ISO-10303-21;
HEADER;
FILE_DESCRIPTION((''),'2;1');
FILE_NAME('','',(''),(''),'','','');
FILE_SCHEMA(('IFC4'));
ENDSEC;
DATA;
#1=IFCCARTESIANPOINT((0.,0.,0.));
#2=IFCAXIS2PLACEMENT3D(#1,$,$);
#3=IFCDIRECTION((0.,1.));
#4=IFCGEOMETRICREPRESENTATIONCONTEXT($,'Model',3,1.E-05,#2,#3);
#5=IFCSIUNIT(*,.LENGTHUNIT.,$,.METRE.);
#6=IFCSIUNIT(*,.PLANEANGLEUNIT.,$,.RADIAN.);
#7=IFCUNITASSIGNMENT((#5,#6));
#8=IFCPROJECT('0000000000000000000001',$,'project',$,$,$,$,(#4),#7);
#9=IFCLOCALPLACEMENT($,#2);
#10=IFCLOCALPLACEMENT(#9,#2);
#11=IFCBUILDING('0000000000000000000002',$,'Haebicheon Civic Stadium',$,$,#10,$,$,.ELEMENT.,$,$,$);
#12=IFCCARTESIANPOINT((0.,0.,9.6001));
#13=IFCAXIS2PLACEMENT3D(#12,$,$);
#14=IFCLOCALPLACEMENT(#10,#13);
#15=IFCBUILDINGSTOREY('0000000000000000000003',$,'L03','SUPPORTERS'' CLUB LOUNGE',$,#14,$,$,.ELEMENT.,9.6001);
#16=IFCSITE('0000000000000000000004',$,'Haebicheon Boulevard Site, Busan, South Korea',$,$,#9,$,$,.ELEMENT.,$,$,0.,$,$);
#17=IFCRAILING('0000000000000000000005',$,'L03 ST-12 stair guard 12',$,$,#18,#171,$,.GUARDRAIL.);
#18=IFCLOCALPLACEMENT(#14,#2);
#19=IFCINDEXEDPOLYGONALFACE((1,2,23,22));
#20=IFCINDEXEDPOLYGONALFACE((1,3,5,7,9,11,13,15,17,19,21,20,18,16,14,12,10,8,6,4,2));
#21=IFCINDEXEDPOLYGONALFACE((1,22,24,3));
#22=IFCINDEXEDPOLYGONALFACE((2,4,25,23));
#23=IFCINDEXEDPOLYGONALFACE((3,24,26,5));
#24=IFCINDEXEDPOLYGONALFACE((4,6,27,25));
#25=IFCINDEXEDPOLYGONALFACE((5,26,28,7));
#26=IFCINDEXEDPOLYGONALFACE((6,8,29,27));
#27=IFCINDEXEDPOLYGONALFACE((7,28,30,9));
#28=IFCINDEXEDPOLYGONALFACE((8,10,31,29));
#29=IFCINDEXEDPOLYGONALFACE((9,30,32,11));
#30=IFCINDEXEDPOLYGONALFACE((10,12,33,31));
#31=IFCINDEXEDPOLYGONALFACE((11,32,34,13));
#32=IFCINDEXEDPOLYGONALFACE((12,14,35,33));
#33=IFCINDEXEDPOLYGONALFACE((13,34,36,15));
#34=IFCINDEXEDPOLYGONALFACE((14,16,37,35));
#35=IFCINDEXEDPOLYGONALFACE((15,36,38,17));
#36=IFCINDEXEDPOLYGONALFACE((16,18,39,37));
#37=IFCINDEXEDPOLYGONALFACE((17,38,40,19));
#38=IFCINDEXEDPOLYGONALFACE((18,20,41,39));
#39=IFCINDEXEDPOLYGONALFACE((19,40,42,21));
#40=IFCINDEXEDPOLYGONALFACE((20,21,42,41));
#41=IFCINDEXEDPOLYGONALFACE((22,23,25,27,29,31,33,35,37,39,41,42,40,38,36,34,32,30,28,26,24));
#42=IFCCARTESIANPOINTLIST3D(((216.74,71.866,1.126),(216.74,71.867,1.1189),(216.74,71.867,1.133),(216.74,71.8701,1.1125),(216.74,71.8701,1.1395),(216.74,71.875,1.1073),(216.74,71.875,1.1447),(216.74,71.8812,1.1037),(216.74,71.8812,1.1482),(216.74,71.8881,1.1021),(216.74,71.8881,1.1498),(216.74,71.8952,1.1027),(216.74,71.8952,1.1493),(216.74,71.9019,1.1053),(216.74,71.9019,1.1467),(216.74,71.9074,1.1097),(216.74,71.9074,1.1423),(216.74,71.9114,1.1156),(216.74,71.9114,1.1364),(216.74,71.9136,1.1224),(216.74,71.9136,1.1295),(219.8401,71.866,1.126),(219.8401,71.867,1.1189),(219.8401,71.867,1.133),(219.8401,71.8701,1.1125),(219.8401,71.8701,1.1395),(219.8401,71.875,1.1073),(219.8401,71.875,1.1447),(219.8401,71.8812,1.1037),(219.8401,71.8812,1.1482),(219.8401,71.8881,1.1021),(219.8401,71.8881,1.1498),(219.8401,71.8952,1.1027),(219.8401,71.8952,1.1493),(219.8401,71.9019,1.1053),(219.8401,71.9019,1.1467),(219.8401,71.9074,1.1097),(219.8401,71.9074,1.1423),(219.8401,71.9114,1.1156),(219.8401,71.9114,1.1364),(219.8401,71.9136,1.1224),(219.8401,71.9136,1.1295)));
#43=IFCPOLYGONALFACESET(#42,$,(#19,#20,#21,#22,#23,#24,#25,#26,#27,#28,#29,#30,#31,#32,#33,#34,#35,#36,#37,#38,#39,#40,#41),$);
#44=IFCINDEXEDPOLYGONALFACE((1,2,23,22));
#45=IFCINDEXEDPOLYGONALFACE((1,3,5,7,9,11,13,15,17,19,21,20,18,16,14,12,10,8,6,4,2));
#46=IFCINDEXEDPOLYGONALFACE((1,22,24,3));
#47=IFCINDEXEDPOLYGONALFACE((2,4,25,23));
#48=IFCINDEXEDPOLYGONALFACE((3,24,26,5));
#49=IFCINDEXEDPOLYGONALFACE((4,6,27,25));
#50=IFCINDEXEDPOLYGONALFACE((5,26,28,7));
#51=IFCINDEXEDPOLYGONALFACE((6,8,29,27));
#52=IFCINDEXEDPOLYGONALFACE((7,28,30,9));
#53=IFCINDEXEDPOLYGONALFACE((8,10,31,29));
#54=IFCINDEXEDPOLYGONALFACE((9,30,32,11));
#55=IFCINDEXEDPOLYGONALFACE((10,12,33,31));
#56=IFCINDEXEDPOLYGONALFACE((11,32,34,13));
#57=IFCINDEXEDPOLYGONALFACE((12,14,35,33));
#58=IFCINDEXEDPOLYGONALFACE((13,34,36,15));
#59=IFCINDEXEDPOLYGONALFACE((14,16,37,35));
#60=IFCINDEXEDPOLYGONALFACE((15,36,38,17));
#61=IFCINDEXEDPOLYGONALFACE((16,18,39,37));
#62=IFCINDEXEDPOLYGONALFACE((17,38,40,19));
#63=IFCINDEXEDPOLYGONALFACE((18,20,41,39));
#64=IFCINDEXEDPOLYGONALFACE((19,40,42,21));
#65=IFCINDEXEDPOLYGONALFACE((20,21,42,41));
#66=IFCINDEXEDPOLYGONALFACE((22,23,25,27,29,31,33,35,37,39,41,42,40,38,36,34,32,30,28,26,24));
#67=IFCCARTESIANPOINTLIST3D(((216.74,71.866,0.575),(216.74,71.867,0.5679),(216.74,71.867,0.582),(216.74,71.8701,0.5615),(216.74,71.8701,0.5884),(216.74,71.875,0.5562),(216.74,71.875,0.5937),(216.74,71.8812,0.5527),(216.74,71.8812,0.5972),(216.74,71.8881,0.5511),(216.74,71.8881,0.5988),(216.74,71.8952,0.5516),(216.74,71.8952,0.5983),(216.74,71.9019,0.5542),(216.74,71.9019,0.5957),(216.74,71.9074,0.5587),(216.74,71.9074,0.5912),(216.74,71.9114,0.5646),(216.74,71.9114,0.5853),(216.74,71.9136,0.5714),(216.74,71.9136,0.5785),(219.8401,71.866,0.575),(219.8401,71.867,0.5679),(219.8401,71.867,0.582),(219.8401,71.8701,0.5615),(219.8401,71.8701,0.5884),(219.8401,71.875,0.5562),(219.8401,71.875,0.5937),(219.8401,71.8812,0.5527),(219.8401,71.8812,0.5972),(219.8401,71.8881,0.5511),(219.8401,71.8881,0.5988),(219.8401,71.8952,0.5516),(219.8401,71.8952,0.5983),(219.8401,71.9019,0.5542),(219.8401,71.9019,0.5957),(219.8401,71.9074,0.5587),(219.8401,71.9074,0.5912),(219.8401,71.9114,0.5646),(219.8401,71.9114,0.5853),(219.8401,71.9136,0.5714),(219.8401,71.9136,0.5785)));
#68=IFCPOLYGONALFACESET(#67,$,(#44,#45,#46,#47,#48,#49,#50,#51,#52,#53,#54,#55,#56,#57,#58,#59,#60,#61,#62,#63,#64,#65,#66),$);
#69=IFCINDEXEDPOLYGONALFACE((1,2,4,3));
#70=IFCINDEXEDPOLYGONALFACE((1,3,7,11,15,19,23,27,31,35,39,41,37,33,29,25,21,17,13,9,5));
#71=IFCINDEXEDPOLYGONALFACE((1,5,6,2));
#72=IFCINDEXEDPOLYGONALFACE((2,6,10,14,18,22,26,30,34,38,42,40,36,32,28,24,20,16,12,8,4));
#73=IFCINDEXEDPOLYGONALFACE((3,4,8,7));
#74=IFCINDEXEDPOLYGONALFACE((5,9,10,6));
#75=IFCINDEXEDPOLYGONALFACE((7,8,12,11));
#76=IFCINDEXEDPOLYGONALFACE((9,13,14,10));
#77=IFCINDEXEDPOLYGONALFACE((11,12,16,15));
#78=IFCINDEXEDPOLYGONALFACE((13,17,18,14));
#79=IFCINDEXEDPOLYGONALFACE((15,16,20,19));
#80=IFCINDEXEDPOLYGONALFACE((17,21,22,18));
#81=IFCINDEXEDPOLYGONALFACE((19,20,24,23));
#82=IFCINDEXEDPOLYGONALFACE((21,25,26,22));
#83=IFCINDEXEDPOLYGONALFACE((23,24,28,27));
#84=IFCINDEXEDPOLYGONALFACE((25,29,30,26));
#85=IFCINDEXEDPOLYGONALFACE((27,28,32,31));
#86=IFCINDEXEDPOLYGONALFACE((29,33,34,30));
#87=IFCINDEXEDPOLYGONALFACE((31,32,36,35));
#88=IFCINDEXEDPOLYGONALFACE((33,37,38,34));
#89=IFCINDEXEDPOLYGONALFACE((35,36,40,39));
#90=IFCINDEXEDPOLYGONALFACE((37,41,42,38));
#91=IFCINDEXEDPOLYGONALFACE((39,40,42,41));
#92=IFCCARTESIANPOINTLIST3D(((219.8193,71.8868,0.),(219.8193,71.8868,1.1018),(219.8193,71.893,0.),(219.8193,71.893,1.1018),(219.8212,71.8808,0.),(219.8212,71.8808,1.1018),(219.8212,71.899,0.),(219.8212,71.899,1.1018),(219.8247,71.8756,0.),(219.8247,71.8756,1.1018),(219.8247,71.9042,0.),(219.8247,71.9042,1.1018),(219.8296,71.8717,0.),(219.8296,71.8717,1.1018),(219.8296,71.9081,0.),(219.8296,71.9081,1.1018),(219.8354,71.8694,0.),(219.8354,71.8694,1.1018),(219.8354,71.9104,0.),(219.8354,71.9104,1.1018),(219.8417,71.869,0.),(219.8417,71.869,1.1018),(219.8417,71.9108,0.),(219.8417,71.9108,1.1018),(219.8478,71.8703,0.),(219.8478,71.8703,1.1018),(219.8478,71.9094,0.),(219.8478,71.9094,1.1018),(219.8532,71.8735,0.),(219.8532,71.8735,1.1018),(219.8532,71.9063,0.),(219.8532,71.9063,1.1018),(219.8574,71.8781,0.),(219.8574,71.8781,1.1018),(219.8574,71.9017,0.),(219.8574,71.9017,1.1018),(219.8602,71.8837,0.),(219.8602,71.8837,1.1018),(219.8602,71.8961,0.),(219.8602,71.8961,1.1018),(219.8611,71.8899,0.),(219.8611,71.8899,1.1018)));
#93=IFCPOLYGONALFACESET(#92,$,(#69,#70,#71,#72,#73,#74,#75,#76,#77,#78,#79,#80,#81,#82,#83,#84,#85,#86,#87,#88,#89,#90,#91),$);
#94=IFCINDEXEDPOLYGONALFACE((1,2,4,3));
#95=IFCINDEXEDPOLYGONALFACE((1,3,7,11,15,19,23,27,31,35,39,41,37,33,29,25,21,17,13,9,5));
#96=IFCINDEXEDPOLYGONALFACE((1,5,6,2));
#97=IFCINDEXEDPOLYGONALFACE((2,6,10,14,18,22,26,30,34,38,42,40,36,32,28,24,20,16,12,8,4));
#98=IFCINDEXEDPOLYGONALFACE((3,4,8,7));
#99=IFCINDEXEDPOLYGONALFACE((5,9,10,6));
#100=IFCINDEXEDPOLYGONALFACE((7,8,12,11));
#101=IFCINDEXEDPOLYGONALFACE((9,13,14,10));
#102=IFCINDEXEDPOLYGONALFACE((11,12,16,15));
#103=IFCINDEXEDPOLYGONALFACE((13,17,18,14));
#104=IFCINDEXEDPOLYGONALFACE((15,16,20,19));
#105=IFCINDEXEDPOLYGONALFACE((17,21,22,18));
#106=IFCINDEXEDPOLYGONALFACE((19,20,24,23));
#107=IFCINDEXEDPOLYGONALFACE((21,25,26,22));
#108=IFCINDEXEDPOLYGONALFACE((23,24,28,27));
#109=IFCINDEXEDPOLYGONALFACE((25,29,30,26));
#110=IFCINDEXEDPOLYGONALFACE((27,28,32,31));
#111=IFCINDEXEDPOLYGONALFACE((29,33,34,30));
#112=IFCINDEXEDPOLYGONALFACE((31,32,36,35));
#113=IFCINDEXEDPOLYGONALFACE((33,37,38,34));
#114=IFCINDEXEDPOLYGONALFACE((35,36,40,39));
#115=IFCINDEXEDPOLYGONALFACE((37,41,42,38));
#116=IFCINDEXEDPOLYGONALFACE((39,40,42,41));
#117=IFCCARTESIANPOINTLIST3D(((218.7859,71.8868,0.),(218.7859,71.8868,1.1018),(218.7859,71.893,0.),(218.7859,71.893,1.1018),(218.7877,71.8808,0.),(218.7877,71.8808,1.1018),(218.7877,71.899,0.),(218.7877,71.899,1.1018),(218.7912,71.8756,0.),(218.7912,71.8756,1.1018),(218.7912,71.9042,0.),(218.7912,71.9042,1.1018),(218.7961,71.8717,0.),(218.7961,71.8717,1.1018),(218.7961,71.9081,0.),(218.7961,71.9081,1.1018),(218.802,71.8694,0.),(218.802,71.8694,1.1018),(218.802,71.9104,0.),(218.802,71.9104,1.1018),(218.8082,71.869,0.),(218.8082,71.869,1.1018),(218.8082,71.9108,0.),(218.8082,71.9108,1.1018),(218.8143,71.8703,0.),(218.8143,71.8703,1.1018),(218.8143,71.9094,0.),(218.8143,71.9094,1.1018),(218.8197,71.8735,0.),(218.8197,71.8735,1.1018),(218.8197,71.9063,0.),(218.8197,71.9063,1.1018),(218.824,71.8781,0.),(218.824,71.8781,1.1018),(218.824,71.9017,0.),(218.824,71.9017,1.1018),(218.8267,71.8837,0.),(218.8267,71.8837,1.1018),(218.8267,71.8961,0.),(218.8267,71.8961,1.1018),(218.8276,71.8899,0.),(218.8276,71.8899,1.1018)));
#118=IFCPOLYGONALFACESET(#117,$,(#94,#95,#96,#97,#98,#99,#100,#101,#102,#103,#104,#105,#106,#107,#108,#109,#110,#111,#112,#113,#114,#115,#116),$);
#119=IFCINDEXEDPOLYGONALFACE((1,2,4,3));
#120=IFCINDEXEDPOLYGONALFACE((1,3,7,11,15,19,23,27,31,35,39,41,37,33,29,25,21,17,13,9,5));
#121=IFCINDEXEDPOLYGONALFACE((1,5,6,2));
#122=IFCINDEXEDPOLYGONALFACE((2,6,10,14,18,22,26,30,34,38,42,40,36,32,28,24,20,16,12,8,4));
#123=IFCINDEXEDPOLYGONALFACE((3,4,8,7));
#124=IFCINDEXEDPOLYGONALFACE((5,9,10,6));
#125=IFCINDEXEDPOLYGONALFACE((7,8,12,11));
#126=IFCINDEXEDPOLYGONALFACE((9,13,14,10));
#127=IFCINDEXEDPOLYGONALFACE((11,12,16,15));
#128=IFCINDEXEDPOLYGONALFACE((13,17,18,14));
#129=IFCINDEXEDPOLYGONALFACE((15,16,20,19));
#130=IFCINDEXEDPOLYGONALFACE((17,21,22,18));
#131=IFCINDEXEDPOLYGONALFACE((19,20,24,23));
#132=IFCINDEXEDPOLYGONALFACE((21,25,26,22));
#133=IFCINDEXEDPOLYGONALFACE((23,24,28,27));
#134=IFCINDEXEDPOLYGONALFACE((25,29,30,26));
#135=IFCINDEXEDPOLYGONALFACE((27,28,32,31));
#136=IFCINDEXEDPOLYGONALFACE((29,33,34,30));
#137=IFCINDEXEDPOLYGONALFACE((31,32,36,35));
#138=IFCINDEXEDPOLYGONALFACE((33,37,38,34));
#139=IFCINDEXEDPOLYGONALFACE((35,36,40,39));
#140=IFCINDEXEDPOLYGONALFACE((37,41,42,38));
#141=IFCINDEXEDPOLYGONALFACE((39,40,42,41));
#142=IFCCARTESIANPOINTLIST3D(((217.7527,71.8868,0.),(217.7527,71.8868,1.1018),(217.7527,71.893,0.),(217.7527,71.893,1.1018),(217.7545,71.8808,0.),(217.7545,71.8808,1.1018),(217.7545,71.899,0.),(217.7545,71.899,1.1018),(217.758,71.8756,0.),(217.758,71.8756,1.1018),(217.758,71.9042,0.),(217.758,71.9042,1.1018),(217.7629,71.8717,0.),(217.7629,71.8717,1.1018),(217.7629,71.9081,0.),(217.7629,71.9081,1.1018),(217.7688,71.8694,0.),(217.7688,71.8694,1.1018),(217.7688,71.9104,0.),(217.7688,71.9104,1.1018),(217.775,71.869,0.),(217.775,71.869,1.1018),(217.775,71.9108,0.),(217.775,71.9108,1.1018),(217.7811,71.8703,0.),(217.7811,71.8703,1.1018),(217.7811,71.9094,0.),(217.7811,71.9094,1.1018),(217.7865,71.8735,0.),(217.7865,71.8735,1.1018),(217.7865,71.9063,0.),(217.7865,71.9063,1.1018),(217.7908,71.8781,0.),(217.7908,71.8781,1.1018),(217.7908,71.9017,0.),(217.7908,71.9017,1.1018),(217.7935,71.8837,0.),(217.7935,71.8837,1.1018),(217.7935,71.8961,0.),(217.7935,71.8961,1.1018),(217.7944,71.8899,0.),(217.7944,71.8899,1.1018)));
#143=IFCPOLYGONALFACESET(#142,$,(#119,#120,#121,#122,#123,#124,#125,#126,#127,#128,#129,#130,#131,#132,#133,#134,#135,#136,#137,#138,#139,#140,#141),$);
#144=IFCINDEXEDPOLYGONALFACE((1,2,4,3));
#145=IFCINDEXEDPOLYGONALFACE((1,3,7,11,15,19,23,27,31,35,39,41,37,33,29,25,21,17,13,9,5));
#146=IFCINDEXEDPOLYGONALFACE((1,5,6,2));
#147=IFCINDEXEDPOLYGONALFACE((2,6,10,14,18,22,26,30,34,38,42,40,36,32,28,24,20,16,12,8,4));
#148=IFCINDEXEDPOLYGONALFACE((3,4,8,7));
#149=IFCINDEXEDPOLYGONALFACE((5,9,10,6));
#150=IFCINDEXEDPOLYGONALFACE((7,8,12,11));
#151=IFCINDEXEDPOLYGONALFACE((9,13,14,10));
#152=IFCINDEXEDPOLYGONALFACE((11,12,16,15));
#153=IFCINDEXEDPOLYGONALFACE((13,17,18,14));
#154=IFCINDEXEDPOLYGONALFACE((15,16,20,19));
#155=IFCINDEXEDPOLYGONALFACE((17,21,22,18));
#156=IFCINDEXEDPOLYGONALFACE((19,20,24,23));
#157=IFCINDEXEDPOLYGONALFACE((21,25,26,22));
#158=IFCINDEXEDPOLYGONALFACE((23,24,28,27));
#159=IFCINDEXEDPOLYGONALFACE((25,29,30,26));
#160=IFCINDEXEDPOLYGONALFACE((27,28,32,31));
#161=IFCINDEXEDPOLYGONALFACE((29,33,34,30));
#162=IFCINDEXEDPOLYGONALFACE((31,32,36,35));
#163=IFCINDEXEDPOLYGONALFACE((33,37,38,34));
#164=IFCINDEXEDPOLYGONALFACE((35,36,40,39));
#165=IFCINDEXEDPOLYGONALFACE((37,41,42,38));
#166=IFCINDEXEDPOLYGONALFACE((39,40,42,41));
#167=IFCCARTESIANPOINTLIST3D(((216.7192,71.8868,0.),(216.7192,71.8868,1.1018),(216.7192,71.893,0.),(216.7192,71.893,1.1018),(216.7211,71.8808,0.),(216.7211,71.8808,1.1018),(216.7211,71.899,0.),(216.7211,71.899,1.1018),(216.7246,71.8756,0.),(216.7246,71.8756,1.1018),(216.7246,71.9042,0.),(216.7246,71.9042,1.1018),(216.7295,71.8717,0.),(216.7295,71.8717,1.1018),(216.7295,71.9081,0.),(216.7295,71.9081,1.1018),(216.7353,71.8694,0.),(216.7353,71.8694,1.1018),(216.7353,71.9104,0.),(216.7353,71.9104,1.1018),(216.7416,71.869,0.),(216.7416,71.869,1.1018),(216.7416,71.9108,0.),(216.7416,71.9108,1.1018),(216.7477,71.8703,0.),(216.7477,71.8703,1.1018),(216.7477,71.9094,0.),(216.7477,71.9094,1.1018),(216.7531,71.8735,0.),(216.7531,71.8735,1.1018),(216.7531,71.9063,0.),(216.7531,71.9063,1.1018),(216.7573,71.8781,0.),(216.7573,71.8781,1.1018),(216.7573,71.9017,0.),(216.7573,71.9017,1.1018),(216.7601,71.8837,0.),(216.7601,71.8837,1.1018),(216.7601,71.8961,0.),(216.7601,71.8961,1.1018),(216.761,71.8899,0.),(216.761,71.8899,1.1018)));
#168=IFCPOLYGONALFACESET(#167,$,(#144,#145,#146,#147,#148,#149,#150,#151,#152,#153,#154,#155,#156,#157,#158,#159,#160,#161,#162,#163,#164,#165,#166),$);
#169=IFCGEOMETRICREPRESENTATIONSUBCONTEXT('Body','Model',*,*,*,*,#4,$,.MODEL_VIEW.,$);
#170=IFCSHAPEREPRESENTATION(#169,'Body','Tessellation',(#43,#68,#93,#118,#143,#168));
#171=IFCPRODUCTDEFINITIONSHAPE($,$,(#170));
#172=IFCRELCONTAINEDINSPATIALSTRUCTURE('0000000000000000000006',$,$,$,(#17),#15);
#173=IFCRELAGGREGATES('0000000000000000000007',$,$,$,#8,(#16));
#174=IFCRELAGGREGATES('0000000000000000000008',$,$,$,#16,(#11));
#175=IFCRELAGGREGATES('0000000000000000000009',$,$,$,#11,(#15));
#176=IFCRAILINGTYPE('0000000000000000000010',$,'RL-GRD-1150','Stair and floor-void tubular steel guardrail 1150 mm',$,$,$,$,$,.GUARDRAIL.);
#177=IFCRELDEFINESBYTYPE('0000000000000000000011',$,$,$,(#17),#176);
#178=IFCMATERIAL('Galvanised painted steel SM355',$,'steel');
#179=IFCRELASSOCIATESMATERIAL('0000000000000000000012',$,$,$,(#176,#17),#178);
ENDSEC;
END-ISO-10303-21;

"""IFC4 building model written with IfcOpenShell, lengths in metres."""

from ifc_helpers import new_model, si_unit, direction, frame, origin, origin_2d, place, context, subcontext, project, spatial, circle, extrude, material, type_object, element, save


model = new_model("IFC4")

# Units and contexts
model_context = context("Model", 3, precision=1e-05, world=origin(), true_north=direction((0.0, 1.0)))
body_context = subcontext(model_context, "Body", "Model", "MODEL_VIEW")
ifc_project = project(units=[si_unit("LENGTHUNIT", "METRE"), si_unit("PLANEANGLEUNIT", "RADIAN")], contexts=[model_context])

# Site, building, storey
site_placement = place(None, origin())
site = spatial("IfcSite", under=ifc_project, at=site_placement, Name="Haebicheon Boulevard Site, Busan, South Korea", CompositionType="ELEMENT", RefElevation=0.0)
building_placement = place(site_placement, origin())
building = spatial("IfcBuilding", under=site, at=building_placement, Name="Haebicheon Civic Stadium", CompositionType="ELEMENT")
storey_placement = place(building_placement, frame((0.0, 0.0, 9.6001)))
storey = spatial("IfcBuildingStorey", under=building, at=storey_placement, Name="L03", Description="SUPPORTERS' CLUB LOUNGE", CompositionType="ELEMENT", Elevation=9.6001)

# Railing
ifc_material_1 = material(Name="Galvanised painted steel SM355", Category="steel")
railing_type_1 = type_object("IfcRailingType", Name="RL-GRD-1150", Description="Stair and floor-void tubular steel guardrail 1150 mm", PredefinedType="GUARDRAIL", material=ifc_material_1)
railing_1_placement = place(storey_placement, frame((219.8401, 71.8899, 0.0)))
element("IfcRailing", 1, at=railing_1_placement, inside=storey, type_object=railing_type_1, material=ifc_material_1, Name="L03 ST-12 stair guard 12", PredefinedType="GUARDRAIL", context=body_context, shape_type="SweptSolid", body=[
    extrude(circle(Radius=0.0239, at=origin_2d()), frame((0.0, 0.0, 1.126), z_axis=(-1.0, 0.0, 0.0), x_axis=(0.0, -1.0, 0.0)), (0.0, 0.0, 1.0), 3.1001),
    extrude(circle(Radius=0.0239, at=origin_2d()), frame((0.0, 0.0, 0.575), z_axis=(-1.0, 0.0, 0.0), x_axis=(0.0, -1.0, 0.0)), (0.0, 0.0, 1.0), 3.1001),
    extrude(circle(Radius=0.021, at=origin_2d()), origin(), (0.0, 0.0, 1.0), 1.1018),
    extrude(circle(Radius=0.021, at=origin_2d()), frame((-1.0334, 0.0, 0.0)), (0.0, 0.0, 1.0), 1.1018),
    extrude(circle(Radius=0.021, at=origin_2d()), frame((-2.0667, 0.0, 0.0)), (0.0, 0.0, 1.0), 1.1018),
    extrude(circle(Radius=0.021, at=origin_2d()), frame((-3.1001, 0.0, 0.0)), (0.0, 0.0, 1.0), 1.1018),
])

save(model, "model.ifc")
